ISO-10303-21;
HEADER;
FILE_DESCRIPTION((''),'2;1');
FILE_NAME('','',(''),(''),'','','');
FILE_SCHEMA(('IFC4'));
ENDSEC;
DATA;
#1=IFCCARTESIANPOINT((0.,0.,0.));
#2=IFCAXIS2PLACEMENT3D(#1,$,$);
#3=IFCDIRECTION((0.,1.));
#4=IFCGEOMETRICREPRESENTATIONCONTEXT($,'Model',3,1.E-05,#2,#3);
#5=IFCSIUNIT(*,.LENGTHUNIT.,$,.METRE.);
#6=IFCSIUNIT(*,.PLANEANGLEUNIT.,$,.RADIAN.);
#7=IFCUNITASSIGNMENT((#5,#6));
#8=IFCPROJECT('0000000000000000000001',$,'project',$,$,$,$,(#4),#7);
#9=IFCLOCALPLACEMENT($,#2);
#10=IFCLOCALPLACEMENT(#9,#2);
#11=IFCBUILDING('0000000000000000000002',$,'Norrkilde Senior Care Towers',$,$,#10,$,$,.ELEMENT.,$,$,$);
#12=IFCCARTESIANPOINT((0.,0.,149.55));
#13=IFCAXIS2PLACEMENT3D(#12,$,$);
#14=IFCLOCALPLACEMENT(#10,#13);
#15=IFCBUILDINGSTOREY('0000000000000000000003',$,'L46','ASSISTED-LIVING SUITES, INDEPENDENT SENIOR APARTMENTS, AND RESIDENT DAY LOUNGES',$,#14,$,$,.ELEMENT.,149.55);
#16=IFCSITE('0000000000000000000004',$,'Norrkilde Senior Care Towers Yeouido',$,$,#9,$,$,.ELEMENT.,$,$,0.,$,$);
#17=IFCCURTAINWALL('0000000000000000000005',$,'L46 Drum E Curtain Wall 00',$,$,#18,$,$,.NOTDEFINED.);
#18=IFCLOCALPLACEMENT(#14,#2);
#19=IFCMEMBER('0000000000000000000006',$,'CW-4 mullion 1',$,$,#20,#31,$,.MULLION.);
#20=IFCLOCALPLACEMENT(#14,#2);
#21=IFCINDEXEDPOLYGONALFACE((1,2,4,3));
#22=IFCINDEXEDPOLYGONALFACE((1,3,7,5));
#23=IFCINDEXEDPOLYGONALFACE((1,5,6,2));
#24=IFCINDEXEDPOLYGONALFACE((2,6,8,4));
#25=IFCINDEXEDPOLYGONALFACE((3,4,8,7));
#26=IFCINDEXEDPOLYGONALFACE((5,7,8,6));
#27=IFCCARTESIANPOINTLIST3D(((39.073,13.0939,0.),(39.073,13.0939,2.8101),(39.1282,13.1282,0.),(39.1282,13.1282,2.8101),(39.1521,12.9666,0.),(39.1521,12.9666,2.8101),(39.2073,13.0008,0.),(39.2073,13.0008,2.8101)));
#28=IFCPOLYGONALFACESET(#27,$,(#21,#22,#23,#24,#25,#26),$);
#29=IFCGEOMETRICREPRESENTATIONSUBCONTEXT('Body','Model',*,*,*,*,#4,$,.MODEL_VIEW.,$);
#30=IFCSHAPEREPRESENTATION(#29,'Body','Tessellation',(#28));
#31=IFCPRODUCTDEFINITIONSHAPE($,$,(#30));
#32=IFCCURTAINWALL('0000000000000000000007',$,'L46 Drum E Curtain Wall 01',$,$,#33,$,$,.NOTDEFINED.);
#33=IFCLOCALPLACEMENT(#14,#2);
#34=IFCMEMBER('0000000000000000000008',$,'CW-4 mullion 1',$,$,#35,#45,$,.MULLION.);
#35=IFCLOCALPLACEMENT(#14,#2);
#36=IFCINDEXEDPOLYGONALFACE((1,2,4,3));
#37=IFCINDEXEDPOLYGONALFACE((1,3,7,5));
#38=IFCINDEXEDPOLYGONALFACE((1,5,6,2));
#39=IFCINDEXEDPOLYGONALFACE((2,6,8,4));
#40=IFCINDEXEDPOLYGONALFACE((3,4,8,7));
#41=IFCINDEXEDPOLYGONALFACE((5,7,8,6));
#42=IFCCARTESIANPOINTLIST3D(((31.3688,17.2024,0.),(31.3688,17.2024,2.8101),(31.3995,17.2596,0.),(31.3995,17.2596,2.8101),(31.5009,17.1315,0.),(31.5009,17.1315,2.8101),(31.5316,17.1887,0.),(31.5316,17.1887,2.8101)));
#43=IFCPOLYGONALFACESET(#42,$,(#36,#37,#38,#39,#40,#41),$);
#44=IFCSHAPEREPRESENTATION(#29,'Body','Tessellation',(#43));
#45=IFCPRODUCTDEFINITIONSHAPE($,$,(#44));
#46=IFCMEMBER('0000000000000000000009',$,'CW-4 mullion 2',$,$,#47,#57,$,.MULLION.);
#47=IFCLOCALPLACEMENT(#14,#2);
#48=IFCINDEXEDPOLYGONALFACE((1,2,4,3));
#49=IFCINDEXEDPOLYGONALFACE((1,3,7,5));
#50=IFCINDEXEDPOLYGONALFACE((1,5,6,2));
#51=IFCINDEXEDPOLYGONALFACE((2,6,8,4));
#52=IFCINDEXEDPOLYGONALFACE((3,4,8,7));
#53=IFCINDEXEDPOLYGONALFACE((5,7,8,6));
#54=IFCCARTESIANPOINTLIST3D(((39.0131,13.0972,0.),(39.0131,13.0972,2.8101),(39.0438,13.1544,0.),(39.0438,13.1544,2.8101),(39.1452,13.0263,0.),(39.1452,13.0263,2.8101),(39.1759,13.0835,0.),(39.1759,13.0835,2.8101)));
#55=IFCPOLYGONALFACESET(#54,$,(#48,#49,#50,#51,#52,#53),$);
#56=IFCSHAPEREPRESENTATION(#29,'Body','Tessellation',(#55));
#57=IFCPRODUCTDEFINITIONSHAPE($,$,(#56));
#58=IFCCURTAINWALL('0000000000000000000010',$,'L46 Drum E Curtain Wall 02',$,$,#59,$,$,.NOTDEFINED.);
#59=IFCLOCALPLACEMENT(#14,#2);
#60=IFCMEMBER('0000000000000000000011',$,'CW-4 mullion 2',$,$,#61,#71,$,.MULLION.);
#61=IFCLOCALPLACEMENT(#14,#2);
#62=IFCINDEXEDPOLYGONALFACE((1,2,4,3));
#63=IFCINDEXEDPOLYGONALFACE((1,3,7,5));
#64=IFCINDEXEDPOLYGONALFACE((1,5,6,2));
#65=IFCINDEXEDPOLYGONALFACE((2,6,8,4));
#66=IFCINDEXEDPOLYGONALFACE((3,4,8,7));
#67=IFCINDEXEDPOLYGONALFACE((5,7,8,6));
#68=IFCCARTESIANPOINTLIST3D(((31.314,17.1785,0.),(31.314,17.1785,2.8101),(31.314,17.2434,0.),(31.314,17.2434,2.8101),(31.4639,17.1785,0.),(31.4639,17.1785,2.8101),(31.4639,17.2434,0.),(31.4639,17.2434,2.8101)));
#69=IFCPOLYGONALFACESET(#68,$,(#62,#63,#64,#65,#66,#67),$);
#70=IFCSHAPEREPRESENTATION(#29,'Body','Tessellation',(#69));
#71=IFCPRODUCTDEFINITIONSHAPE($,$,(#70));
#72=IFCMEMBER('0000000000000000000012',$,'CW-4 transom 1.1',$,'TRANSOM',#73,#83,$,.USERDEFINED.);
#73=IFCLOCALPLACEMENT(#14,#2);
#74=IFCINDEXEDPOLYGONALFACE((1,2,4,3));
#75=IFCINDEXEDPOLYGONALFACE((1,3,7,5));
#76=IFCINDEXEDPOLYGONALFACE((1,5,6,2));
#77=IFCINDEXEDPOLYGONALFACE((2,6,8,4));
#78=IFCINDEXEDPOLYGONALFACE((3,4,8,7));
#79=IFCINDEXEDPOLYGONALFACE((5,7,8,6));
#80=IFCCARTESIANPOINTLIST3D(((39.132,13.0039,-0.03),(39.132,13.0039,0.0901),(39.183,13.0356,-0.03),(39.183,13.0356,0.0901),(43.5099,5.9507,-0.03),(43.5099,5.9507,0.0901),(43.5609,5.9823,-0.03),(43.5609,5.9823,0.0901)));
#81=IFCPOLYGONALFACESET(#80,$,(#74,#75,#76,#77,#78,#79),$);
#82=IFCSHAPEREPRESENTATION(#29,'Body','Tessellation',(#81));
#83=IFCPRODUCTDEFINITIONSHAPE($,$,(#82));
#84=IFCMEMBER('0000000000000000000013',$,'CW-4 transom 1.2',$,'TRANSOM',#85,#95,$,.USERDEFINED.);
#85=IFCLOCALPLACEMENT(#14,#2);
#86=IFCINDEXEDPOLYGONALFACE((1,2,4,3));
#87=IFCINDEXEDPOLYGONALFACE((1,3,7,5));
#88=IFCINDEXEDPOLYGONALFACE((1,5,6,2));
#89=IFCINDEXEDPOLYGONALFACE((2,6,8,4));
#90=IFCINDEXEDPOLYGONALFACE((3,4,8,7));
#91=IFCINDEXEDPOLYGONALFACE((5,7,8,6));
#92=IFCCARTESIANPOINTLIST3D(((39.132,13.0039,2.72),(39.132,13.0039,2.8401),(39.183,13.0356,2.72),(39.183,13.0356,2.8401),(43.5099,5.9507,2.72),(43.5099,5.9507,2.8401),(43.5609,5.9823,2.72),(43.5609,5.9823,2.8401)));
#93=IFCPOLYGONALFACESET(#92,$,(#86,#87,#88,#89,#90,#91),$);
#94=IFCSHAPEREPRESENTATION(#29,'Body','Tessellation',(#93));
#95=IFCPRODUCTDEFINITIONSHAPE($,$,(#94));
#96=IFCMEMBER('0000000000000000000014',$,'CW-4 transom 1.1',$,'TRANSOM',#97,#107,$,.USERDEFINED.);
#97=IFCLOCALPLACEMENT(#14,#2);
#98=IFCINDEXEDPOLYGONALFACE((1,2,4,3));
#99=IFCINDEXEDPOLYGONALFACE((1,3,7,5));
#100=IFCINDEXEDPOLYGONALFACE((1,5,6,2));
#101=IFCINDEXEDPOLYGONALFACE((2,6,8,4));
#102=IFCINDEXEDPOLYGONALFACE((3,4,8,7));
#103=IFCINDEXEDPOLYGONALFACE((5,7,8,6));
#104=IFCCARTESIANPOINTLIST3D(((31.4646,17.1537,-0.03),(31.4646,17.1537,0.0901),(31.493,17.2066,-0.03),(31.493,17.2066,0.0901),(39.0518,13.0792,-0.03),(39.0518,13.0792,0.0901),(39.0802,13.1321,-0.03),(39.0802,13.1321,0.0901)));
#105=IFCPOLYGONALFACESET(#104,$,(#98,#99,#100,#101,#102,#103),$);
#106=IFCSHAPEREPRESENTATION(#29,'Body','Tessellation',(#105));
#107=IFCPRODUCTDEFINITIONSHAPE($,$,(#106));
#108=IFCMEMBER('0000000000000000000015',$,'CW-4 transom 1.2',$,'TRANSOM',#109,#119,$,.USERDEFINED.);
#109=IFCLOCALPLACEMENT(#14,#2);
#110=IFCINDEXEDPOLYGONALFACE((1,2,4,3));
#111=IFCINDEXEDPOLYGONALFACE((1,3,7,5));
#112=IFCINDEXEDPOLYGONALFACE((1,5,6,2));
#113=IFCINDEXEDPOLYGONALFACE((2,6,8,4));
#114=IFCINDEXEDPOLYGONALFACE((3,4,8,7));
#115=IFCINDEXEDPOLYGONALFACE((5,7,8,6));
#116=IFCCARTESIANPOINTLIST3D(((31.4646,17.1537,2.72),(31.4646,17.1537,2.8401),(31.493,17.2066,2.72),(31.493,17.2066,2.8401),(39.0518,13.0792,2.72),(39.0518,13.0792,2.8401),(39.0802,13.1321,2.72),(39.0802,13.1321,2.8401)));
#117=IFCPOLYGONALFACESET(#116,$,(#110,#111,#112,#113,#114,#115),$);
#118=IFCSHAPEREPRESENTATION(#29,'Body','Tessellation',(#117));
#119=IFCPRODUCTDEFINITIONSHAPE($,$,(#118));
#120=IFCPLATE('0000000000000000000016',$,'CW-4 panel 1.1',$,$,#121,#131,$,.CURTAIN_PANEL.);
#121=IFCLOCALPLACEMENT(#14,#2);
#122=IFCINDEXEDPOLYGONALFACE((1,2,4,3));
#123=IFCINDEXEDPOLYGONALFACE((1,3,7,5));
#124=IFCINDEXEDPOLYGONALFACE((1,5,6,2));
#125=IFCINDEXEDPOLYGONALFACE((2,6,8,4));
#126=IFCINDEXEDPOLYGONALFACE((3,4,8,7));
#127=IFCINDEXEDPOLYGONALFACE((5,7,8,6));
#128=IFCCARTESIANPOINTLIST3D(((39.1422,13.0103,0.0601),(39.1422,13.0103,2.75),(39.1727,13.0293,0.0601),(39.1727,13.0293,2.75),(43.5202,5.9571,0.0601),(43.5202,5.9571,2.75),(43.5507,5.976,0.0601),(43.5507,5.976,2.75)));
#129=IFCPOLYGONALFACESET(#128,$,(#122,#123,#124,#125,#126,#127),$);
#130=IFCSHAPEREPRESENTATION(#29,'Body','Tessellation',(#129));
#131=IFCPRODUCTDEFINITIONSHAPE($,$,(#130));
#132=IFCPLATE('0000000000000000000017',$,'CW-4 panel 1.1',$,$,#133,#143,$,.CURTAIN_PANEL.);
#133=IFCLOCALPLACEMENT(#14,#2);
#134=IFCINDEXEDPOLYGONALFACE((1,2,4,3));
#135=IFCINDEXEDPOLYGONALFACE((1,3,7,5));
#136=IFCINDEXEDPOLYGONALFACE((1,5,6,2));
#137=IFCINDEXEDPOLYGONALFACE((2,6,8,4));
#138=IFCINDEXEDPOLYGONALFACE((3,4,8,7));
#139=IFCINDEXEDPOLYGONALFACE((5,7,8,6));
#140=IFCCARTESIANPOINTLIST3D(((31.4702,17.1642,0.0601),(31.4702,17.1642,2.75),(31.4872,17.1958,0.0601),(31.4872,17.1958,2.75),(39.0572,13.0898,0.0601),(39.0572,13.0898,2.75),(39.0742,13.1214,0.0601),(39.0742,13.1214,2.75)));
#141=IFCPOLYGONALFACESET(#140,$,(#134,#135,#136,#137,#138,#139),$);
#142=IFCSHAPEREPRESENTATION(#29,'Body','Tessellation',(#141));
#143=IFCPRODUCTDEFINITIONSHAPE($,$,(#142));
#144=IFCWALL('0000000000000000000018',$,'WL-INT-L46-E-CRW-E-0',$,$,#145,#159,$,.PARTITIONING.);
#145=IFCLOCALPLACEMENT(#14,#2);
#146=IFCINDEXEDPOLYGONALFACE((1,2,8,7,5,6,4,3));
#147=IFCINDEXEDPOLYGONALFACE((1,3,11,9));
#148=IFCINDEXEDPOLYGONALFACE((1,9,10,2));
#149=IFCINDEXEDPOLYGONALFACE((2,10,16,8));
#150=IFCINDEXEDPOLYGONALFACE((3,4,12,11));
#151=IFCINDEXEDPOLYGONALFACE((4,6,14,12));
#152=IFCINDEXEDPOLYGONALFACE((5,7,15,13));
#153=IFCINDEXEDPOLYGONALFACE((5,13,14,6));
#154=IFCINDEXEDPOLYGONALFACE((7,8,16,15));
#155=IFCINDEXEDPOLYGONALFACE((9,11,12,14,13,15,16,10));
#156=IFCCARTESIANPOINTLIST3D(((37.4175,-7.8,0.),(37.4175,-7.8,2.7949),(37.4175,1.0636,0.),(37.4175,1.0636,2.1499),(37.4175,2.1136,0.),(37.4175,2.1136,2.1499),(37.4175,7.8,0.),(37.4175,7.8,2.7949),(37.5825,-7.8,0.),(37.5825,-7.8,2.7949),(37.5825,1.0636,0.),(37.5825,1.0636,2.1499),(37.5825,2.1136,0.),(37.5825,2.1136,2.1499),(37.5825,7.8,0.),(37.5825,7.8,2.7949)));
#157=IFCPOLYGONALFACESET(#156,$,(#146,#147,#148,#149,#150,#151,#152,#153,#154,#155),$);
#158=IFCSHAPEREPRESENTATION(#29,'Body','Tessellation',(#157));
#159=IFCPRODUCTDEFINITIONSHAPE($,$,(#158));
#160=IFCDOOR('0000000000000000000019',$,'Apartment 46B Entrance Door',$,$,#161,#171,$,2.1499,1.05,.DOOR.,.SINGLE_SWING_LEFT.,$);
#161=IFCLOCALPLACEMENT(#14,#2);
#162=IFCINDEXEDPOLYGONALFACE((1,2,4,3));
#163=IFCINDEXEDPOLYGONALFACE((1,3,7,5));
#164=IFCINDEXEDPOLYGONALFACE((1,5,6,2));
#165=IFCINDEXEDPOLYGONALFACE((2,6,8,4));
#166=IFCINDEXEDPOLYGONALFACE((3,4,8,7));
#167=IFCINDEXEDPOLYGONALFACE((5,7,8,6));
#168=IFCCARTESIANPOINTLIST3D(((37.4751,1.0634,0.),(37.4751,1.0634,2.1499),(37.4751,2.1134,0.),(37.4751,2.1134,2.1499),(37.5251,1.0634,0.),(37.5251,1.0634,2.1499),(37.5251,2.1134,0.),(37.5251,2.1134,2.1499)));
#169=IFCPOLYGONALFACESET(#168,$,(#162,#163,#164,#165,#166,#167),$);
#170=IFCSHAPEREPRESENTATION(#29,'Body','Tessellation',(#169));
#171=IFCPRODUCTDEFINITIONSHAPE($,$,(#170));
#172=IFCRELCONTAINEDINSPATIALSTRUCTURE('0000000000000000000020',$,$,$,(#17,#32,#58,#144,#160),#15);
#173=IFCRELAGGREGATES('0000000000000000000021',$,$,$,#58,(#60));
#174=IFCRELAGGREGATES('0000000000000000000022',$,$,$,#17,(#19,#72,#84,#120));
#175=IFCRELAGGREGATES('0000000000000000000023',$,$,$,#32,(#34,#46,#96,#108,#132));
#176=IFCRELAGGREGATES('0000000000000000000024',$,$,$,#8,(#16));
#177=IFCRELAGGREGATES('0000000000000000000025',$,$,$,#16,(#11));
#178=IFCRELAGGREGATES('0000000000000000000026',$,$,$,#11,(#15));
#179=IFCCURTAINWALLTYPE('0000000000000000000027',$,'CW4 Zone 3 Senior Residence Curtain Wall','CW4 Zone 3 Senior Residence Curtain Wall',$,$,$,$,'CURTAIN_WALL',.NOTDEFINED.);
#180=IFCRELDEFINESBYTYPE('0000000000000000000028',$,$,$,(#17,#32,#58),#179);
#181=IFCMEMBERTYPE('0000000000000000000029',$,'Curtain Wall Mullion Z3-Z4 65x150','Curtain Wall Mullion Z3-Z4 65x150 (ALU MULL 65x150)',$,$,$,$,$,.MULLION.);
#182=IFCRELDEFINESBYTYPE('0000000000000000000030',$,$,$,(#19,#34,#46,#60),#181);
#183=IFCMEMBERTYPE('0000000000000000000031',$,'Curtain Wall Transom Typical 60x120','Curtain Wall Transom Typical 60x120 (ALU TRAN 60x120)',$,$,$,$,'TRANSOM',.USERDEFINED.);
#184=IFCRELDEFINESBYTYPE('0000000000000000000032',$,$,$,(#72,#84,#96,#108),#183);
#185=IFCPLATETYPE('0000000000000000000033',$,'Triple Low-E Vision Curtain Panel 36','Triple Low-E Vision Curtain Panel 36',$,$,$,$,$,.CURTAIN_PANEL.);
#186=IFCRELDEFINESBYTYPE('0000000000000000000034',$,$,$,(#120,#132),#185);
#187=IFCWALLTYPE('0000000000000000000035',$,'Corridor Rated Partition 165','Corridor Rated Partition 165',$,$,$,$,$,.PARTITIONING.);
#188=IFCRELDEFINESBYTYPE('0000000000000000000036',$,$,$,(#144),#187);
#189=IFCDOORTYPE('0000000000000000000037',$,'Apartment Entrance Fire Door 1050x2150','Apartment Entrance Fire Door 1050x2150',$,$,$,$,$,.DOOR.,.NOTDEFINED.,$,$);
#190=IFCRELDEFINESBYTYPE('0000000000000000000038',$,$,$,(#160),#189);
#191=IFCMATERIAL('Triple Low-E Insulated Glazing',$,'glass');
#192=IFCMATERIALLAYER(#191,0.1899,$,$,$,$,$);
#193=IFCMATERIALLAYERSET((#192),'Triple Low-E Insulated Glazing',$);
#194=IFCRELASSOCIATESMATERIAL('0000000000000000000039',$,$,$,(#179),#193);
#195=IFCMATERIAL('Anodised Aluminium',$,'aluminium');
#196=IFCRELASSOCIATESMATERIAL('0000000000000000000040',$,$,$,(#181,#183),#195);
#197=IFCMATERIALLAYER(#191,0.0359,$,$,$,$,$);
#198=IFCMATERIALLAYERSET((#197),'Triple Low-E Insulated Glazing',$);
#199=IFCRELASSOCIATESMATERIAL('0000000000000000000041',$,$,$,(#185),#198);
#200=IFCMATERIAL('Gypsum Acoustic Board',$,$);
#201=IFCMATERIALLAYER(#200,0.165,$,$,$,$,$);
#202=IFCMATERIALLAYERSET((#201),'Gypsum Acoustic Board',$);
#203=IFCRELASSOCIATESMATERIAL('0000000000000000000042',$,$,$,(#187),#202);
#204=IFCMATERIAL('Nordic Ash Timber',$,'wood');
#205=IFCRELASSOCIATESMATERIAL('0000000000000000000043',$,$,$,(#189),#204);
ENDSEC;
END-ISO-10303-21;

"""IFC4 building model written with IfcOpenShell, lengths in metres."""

from ifc_helpers import new_model, si_unit, direction, frame, frame_2d, origin, origin_2d, place, context, subcontext, project, spatial, rectangle, extrude, source, transform, mapped, material, layer, layer_set, material_profile, profile_set, type_object, type_shapes, element, fill, aggregate, save


model = new_model("IFC4")

# Units and contexts
model_context = context("Model", 3, precision=1e-05, world=origin(), true_north=direction((0.0, 1.0)))
body_context = subcontext(model_context, "Body", "Model", "MODEL_VIEW")
ifc_project = project(units=[si_unit("LENGTHUNIT", "METRE"), si_unit("PLANEANGLEUNIT", "RADIAN")], contexts=[model_context])

# Site, building, storey
site_placement = place(None, origin())
site = spatial("IfcSite", under=ifc_project, at=site_placement, Name="Norrkilde Senior Care Towers Yeouido", CompositionType="ELEMENT", RefElevation=0.0)
building_placement = place(site_placement, origin())
building = spatial("IfcBuilding", under=site, at=building_placement, Name="Norrkilde Senior Care Towers", CompositionType="ELEMENT")
storey_placement = place(building_placement, frame((0.0, 0.0, 149.55)))
storey = spatial("IfcBuildingStorey", under=building, at=storey_placement, Name="L46", Description="ASSISTED-LIVING SUITES, INDEPENDENT SENIOR APARTMENTS, AND RESIDENT DAY LOUNGES", CompositionType="ELEMENT", Elevation=149.55)

# Curtain wall, member
ifc_material_1 = material(Name="Triple Low-E Insulated Glazing", Category="glass")
ifc_layer_1 = layer(ifc_material_1, 0.1899)
ifc_layer_set_1 = layer_set([ifc_layer_1], Name="Triple Low-E Insulated Glazing")
curtain_wall_type = type_object("IfcCurtainWallType", Name="CW4 Zone 3 Senior Residence Curtain Wall", Description="CW4 Zone 3 Senior Residence Curtain Wall", ElementType="CURTAIN_WALL", PredefinedType="NOTDEFINED", material=ifc_layer_set_1)
curtain_wall_1_placement = place(storey_placement, origin())
curtain_wall_1 = element("IfcCurtainWall", 1, at=curtain_wall_1_placement, inside=storey, type_object=curtain_wall_type, Name="L46 Drum E Curtain Wall 00", PredefinedType="NOTDEFINED")
ifc_material_2 = material(Name="Anodised Aluminium", Category="aluminium")
ifc_material_profile_1 = material_profile(ifc_material_2, rectangle(XDim=0.0649, YDim=0.1499, at=origin_2d()), Name="ALU MULL 65x150")
ifc_profile_set_1 = profile_set([ifc_material_profile_1], Name="Anodised Aluminium")
member_type_1 = type_object("IfcMemberType", Name="Curtain Wall Mullion Z3-Z4 65x150", Description="Curtain Wall Mullion Z3-Z4 65x150 (ALU MULL 65x150)", PredefinedType="MULLION", material=ifc_profile_set_1)
shared_shape_1 = source(origin(), body_context, "Body", "SweptSolid", [
    extrude(rectangle(XDim=0.0649, YDim=0.1499, at=origin_2d()), origin(), (0.0, 0.0, 1.0), 2.8101),
])
type_shapes(member_type_1, [shared_shape_1])
member_1_placement = place(storey_placement, frame((39.1401, 13.0474, 0.0), z_axis=(0.0, 0.0, 1.0), x_axis=(0.849634, 0.527373, 0.0)))
member_1 = element("IfcMember", 2, at=member_1_placement, type_object=member_type_1, Name="CW-4 mullion 1", PredefinedType="MULLION", context=body_context, shape_type="MappedRepresentation", body=[
    mapped(shared_shape_1, transform((0.0, 0.0, 0.0), x_axis=(1.0, 0.0, 0.0), y_axis=(0.0, 1.0, 0.0), z_axis=(0.0, 0.0, 1.0), scale=1.0)),
])

# Curtain wall, members
curtain_wall_2_placement = place(storey_placement, origin())
curtain_wall_2 = element("IfcCurtainWall", 3, at=curtain_wall_2_placement, inside=storey, type_object=curtain_wall_type, Name="L46 Drum E Curtain Wall 01", PredefinedType="NOTDEFINED")
member_2_placement = place(storey_placement, frame((31.4502, 17.1956, 0.0), z_axis=(0.0, 0.0, 1.0), x_axis=(0.473117, 0.881, 0.0)))
member_2 = element("IfcMember", 4, at=member_2_placement, type_object=member_type_1, Name="CW-4 mullion 1", PredefinedType="MULLION", context=body_context, shape_type="MappedRepresentation", body=[
    mapped(shared_shape_1, transform((0.0, 0.0, 0.0), x_axis=(1.0, 0.0, 0.0), y_axis=(0.0, 1.0, 0.0), z_axis=(0.0, 0.0, 1.0), scale=1.0)),
])
member_3_placement = place(storey_placement, frame((39.0945, 13.0903, 0.0), z_axis=(0.0, 0.0, 1.0), x_axis=(0.473117, 0.881, 0.0)))
member_3 = element("IfcMember", 5, at=member_3_placement, type_object=member_type_1, Name="CW-4 mullion 2", PredefinedType="MULLION", context=body_context, shape_type="MappedRepresentation", body=[
    mapped(shared_shape_1, transform((0.0, 0.0, 0.0), x_axis=(1.0, 0.0, 0.0), y_axis=(0.0, 1.0, 0.0), z_axis=(0.0, 0.0, 1.0), scale=1.0)),
])

# Curtain wall, member
curtain_wall_3_placement = place(storey_placement, origin())
curtain_wall_3 = element("IfcCurtainWall", 6, at=curtain_wall_3_placement, inside=storey, type_object=curtain_wall_type, Name="L46 Drum E Curtain Wall 02", PredefinedType="NOTDEFINED")
member_4_placement = place(storey_placement, frame((31.3889, 17.2109, 0.0), z_axis=(0.0, 0.0, 1.0), x_axis=(0.0, 1.0, 0.0)))
member_4 = element("IfcMember", 7, at=member_4_placement, type_object=member_type_1, Name="CW-4 mullion 2", PredefinedType="MULLION", context=body_context, shape_type="MappedRepresentation", body=[
    mapped(shared_shape_1, transform((0.0, 0.0, 0.0), x_axis=(1.0, 0.0, 0.0), y_axis=(0.0, 1.0, 0.0), z_axis=(0.0, 0.0, 1.0), scale=1.0)),
])
aggregate(curtain_wall_3, [member_4])

# Members
ifc_material_profile_2 = material_profile(ifc_material_2, rectangle(XDim=0.0601, YDim=0.1201, at=origin_2d()), Name="ALU TRAN 60x120")
ifc_profile_set_2 = profile_set([ifc_material_profile_2], Name="Anodised Aluminium")
member_type_2 = type_object("IfcMemberType", Name="Curtain Wall Transom Typical 60x120", Description="Curtain Wall Transom Typical 60x120 (ALU TRAN 60x120)", ElementType="TRANSOM", PredefinedType="USERDEFINED", material=ifc_profile_set_2)
shared_shape_2 = source(origin(), body_context, "Body", "SweptSolid", [
    extrude(rectangle(XDim=0.0601, YDim=0.1201, at=origin_2d()), origin(), (0.0, 0.0, 1.0), 8.3015),
])
member_5_placement = place(storey_placement, frame((39.1575, 13.0198, 0.03), z_axis=(0.527369, -0.849637, 0.0), x_axis=(0.849637, 0.527369, 0.0)))
member_5 = element("IfcMember", 8, at=member_5_placement, type_object=member_type_2, Name="CW-4 transom 1.1", ObjectType="TRANSOM", PredefinedType="USERDEFINED", context=body_context, shape_type="MappedRepresentation", body=[
    mapped(shared_shape_2, transform((0.0, 0.0, 0.0), x_axis=(1.0, 0.0, 0.0), y_axis=(0.0, 1.0, 0.0), z_axis=(0.0, 0.0, 1.0), scale=1.0)),
])
member_6_placement = place(storey_placement, frame((39.1575, 13.0198, 2.78), z_axis=(0.527369, -0.849637, 0.0), x_axis=(0.849637, 0.527369, 0.0)))
member_6 = element("IfcMember", 9, at=member_6_placement, type_object=member_type_2, Name="CW-4 transom 1.2", ObjectType="TRANSOM", PredefinedType="USERDEFINED", context=body_context, shape_type="MappedRepresentation", body=[
    mapped(shared_shape_2, transform((0.0, 0.0, 0.0), x_axis=(1.0, 0.0, 0.0), y_axis=(0.0, 1.0, 0.0), z_axis=(0.0, 0.0, 1.0), scale=1.0)),
])
shared_shape_3 = source(origin(), body_context, "Body", "SweptSolid", [
    extrude(rectangle(XDim=0.0601, YDim=0.1201, at=origin_2d()), origin(), (0.0, 0.0, 1.0), 8.6121),
])
type_shapes(member_type_2, [shared_shape_2, shared_shape_3])
member_7_placement = place(storey_placement, frame((31.4788, 17.1802, 0.03), z_axis=(0.881, -0.473116, 0.0), x_axis=(0.473116, 0.881, 0.0)))
member_7 = element("IfcMember", 10, at=member_7_placement, type_object=member_type_2, Name="CW-4 transom 1.1", ObjectType="TRANSOM", PredefinedType="USERDEFINED", context=body_context, shape_type="MappedRepresentation", body=[
    mapped(shared_shape_3, transform((0.0, 0.0, 0.0), x_axis=(1.0, 0.0, 0.0), y_axis=(0.0, 1.0, 0.0), z_axis=(0.0, 0.0, 1.0), scale=1.0)),
])
member_8_placement = place(storey_placement, frame((31.4788, 17.1802, 2.78), z_axis=(0.881, -0.473116, 0.0), x_axis=(0.473116, 0.881, 0.0)))
member_8 = element("IfcMember", 11, at=member_8_placement, type_object=member_type_2, Name="CW-4 transom 1.2", ObjectType="TRANSOM", PredefinedType="USERDEFINED", context=body_context, shape_type="MappedRepresentation", body=[
    mapped(shared_shape_3, transform((0.0, 0.0, 0.0), x_axis=(1.0, 0.0, 0.0), y_axis=(0.0, 1.0, 0.0), z_axis=(0.0, 0.0, 1.0), scale=1.0)),
])

# Plates
ifc_layer_2 = layer(ifc_material_1, 0.0359)
ifc_layer_set_2 = layer_set([ifc_layer_2], Name="Triple Low-E Insulated Glazing")
plate_type = type_object("IfcPlateType", Name="Triple Low-E Vision Curtain Panel 36", Description="Triple Low-E Vision Curtain Panel 36", PredefinedType="CURTAIN_PANEL", material=ifc_layer_set_2)
shared_shape_4 = source(origin(), body_context, "Body", "SweptSolid", [
    extrude(rectangle(XDim=8.3015, YDim=0.0359, at=origin_2d()), origin(), (0.0, 0.0, 1.0), 2.6899),
])
plate_1_placement = place(storey_placement, frame((41.3464, 9.4932, 0.0601), z_axis=(0.0, 0.0, 1.0), x_axis=(0.527373, -0.849634, 0.0)))
plate_1 = element("IfcPlate", 12, at=plate_1_placement, type_object=plate_type, Name="CW-4 panel 1.1", PredefinedType="CURTAIN_PANEL", context=body_context, shape_type="MappedRepresentation", body=[
    mapped(shared_shape_4, transform((0.0, 0.0, 0.0), x_axis=(1.0, 0.0, 0.0), y_axis=(0.0, 1.0, 0.0), z_axis=(0.0, 0.0, 1.0), scale=1.0)),
])
aggregate(curtain_wall_1, [member_1, member_5, member_6, plate_1])
shared_shape_5 = source(origin(), body_context, "Body", "SweptSolid", [
    extrude(rectangle(XDim=8.6118, YDim=0.0359, at=origin_2d()), origin(), (0.0, 0.0, 1.0), 2.6899),
])
type_shapes(plate_type, [shared_shape_4, shared_shape_5])
plate_2_placement = place(storey_placement, frame((35.2722, 15.1428, 0.0601), z_axis=(0.0, 0.0, 1.0), x_axis=(0.881, -0.473117, 0.0)))
plate_2 = element("IfcPlate", 13, at=plate_2_placement, type_object=plate_type, Name="CW-4 panel 1.1", PredefinedType="CURTAIN_PANEL", context=body_context, shape_type="MappedRepresentation", body=[
    mapped(shared_shape_5, transform((0.0, 0.0, 0.0), x_axis=(1.0, 0.0, 0.0), y_axis=(0.0, 1.0, 0.0), z_axis=(0.0, 0.0, 1.0), scale=1.0)),
])
aggregate(curtain_wall_2, [member_2, member_3, member_7, member_8, plate_2])

# Wall, opening, door
ifc_material_3 = material(Name="Gypsum Acoustic Board")
ifc_layer_3 = layer(ifc_material_3, 0.165)
ifc_layer_set_3 = layer_set([ifc_layer_3], Name="Gypsum Acoustic Board")
wall_type_1 = type_object("IfcWallType", Name="Corridor Rated Partition 165", Description="Corridor Rated Partition 165", PredefinedType="PARTITIONING", material=ifc_layer_set_3)
shared_shape_6 = source(origin(), body_context, "Body", "SweptSolid", [
    extrude(rectangle(XDim=15.6001, YDim=0.165, at=frame_2d((7.8, 0.0))), origin(), (0.0, 0.0, 1.0), 2.7949),
])
wall_1_placement = place(storey_placement, frame((37.5, 7.8, 0.0), z_axis=(0.0, 0.0, 1.0), x_axis=(0.0, -1.0, 0.0)))
wall_1 = element("IfcWall", 14, at=wall_1_placement, inside=storey, type_object=wall_type_1, Name="WL-INT-L46-E-CRW-E-0", PredefinedType="PARTITIONING", context=body_context, shape_type="MappedRepresentation", body=[
    mapped(shared_shape_6, transform((0.0, 0.0, 0.0), x_axis=(1.0, 0.0, 0.0), y_axis=(0.0, 1.0, 0.0), z_axis=(0.0, 0.0, 1.0), scale=1.0)),
])
opening_1_placement = place(wall_1_placement, frame((5.6865, 0.0, 0.0)))
opening_1 = element("IfcOpeningElement", 15, at=opening_1_placement, cuts=wall_1, PredefinedType="OPENING", context=body_context, shape_type="SweptSolid", body=[
    extrude(rectangle(XDim=1.05, YDim=2.1499, at=frame_2d((0.5249, 1.075))), frame((0.0, 0.0925, 0.0), z_axis=(0.0, -1.0, 0.0), x_axis=(1.0, 0.0, 0.0)), (0.0, 0.0, 1.0), 0.1851),
])
ifc_material_4 = material(Name="Nordic Ash Timber", Category="wood")
door_type_1 = type_object("IfcDoorType", Name="Apartment Entrance Fire Door 1050x2150", Description="Apartment Entrance Fire Door 1050x2150", OperationType="NOTDEFINED", PredefinedType="DOOR", material=ifc_material_4)
shared_shape_7 = source(origin(), body_context, "Body", "SweptSolid", [
    extrude(rectangle(XDim=1.05, YDim=2.1499, at=frame_2d((0.5249, 1.075))), frame((0.0, 0.0249, 0.0), z_axis=(0.0, -1.0, 0.0), x_axis=(1.0, 0.0, 0.0)), (0.0, 0.0, 1.0), 0.05),
])
type_shapes(door_type_1, [shared_shape_7])
door_1_placement = place(opening_1_placement, frame((1.05, 0.0, 0.0), z_axis=(0.0, 0.0, 1.0), x_axis=(-1.0, 0.0, 0.0)))
door_1 = element("IfcDoor", 16, at=door_1_placement, inside=storey, type_object=door_type_1, Name="Apartment 46B Entrance Door", OperationType="SINGLE_SWING_LEFT", OverallHeight=2.1499, OverallWidth=1.05, PredefinedType="DOOR", context=body_context, shape_type="MappedRepresentation", body=[
    mapped(shared_shape_7, transform((0.0, 0.0, 0.0), x_axis=(1.0, 0.0, 0.0), y_axis=(0.0, 1.0, 0.0), z_axis=(0.0, 0.0, 1.0), scale=1.0)),
])
fill(opening_1, door_1)

save(model, "model.ifc")
